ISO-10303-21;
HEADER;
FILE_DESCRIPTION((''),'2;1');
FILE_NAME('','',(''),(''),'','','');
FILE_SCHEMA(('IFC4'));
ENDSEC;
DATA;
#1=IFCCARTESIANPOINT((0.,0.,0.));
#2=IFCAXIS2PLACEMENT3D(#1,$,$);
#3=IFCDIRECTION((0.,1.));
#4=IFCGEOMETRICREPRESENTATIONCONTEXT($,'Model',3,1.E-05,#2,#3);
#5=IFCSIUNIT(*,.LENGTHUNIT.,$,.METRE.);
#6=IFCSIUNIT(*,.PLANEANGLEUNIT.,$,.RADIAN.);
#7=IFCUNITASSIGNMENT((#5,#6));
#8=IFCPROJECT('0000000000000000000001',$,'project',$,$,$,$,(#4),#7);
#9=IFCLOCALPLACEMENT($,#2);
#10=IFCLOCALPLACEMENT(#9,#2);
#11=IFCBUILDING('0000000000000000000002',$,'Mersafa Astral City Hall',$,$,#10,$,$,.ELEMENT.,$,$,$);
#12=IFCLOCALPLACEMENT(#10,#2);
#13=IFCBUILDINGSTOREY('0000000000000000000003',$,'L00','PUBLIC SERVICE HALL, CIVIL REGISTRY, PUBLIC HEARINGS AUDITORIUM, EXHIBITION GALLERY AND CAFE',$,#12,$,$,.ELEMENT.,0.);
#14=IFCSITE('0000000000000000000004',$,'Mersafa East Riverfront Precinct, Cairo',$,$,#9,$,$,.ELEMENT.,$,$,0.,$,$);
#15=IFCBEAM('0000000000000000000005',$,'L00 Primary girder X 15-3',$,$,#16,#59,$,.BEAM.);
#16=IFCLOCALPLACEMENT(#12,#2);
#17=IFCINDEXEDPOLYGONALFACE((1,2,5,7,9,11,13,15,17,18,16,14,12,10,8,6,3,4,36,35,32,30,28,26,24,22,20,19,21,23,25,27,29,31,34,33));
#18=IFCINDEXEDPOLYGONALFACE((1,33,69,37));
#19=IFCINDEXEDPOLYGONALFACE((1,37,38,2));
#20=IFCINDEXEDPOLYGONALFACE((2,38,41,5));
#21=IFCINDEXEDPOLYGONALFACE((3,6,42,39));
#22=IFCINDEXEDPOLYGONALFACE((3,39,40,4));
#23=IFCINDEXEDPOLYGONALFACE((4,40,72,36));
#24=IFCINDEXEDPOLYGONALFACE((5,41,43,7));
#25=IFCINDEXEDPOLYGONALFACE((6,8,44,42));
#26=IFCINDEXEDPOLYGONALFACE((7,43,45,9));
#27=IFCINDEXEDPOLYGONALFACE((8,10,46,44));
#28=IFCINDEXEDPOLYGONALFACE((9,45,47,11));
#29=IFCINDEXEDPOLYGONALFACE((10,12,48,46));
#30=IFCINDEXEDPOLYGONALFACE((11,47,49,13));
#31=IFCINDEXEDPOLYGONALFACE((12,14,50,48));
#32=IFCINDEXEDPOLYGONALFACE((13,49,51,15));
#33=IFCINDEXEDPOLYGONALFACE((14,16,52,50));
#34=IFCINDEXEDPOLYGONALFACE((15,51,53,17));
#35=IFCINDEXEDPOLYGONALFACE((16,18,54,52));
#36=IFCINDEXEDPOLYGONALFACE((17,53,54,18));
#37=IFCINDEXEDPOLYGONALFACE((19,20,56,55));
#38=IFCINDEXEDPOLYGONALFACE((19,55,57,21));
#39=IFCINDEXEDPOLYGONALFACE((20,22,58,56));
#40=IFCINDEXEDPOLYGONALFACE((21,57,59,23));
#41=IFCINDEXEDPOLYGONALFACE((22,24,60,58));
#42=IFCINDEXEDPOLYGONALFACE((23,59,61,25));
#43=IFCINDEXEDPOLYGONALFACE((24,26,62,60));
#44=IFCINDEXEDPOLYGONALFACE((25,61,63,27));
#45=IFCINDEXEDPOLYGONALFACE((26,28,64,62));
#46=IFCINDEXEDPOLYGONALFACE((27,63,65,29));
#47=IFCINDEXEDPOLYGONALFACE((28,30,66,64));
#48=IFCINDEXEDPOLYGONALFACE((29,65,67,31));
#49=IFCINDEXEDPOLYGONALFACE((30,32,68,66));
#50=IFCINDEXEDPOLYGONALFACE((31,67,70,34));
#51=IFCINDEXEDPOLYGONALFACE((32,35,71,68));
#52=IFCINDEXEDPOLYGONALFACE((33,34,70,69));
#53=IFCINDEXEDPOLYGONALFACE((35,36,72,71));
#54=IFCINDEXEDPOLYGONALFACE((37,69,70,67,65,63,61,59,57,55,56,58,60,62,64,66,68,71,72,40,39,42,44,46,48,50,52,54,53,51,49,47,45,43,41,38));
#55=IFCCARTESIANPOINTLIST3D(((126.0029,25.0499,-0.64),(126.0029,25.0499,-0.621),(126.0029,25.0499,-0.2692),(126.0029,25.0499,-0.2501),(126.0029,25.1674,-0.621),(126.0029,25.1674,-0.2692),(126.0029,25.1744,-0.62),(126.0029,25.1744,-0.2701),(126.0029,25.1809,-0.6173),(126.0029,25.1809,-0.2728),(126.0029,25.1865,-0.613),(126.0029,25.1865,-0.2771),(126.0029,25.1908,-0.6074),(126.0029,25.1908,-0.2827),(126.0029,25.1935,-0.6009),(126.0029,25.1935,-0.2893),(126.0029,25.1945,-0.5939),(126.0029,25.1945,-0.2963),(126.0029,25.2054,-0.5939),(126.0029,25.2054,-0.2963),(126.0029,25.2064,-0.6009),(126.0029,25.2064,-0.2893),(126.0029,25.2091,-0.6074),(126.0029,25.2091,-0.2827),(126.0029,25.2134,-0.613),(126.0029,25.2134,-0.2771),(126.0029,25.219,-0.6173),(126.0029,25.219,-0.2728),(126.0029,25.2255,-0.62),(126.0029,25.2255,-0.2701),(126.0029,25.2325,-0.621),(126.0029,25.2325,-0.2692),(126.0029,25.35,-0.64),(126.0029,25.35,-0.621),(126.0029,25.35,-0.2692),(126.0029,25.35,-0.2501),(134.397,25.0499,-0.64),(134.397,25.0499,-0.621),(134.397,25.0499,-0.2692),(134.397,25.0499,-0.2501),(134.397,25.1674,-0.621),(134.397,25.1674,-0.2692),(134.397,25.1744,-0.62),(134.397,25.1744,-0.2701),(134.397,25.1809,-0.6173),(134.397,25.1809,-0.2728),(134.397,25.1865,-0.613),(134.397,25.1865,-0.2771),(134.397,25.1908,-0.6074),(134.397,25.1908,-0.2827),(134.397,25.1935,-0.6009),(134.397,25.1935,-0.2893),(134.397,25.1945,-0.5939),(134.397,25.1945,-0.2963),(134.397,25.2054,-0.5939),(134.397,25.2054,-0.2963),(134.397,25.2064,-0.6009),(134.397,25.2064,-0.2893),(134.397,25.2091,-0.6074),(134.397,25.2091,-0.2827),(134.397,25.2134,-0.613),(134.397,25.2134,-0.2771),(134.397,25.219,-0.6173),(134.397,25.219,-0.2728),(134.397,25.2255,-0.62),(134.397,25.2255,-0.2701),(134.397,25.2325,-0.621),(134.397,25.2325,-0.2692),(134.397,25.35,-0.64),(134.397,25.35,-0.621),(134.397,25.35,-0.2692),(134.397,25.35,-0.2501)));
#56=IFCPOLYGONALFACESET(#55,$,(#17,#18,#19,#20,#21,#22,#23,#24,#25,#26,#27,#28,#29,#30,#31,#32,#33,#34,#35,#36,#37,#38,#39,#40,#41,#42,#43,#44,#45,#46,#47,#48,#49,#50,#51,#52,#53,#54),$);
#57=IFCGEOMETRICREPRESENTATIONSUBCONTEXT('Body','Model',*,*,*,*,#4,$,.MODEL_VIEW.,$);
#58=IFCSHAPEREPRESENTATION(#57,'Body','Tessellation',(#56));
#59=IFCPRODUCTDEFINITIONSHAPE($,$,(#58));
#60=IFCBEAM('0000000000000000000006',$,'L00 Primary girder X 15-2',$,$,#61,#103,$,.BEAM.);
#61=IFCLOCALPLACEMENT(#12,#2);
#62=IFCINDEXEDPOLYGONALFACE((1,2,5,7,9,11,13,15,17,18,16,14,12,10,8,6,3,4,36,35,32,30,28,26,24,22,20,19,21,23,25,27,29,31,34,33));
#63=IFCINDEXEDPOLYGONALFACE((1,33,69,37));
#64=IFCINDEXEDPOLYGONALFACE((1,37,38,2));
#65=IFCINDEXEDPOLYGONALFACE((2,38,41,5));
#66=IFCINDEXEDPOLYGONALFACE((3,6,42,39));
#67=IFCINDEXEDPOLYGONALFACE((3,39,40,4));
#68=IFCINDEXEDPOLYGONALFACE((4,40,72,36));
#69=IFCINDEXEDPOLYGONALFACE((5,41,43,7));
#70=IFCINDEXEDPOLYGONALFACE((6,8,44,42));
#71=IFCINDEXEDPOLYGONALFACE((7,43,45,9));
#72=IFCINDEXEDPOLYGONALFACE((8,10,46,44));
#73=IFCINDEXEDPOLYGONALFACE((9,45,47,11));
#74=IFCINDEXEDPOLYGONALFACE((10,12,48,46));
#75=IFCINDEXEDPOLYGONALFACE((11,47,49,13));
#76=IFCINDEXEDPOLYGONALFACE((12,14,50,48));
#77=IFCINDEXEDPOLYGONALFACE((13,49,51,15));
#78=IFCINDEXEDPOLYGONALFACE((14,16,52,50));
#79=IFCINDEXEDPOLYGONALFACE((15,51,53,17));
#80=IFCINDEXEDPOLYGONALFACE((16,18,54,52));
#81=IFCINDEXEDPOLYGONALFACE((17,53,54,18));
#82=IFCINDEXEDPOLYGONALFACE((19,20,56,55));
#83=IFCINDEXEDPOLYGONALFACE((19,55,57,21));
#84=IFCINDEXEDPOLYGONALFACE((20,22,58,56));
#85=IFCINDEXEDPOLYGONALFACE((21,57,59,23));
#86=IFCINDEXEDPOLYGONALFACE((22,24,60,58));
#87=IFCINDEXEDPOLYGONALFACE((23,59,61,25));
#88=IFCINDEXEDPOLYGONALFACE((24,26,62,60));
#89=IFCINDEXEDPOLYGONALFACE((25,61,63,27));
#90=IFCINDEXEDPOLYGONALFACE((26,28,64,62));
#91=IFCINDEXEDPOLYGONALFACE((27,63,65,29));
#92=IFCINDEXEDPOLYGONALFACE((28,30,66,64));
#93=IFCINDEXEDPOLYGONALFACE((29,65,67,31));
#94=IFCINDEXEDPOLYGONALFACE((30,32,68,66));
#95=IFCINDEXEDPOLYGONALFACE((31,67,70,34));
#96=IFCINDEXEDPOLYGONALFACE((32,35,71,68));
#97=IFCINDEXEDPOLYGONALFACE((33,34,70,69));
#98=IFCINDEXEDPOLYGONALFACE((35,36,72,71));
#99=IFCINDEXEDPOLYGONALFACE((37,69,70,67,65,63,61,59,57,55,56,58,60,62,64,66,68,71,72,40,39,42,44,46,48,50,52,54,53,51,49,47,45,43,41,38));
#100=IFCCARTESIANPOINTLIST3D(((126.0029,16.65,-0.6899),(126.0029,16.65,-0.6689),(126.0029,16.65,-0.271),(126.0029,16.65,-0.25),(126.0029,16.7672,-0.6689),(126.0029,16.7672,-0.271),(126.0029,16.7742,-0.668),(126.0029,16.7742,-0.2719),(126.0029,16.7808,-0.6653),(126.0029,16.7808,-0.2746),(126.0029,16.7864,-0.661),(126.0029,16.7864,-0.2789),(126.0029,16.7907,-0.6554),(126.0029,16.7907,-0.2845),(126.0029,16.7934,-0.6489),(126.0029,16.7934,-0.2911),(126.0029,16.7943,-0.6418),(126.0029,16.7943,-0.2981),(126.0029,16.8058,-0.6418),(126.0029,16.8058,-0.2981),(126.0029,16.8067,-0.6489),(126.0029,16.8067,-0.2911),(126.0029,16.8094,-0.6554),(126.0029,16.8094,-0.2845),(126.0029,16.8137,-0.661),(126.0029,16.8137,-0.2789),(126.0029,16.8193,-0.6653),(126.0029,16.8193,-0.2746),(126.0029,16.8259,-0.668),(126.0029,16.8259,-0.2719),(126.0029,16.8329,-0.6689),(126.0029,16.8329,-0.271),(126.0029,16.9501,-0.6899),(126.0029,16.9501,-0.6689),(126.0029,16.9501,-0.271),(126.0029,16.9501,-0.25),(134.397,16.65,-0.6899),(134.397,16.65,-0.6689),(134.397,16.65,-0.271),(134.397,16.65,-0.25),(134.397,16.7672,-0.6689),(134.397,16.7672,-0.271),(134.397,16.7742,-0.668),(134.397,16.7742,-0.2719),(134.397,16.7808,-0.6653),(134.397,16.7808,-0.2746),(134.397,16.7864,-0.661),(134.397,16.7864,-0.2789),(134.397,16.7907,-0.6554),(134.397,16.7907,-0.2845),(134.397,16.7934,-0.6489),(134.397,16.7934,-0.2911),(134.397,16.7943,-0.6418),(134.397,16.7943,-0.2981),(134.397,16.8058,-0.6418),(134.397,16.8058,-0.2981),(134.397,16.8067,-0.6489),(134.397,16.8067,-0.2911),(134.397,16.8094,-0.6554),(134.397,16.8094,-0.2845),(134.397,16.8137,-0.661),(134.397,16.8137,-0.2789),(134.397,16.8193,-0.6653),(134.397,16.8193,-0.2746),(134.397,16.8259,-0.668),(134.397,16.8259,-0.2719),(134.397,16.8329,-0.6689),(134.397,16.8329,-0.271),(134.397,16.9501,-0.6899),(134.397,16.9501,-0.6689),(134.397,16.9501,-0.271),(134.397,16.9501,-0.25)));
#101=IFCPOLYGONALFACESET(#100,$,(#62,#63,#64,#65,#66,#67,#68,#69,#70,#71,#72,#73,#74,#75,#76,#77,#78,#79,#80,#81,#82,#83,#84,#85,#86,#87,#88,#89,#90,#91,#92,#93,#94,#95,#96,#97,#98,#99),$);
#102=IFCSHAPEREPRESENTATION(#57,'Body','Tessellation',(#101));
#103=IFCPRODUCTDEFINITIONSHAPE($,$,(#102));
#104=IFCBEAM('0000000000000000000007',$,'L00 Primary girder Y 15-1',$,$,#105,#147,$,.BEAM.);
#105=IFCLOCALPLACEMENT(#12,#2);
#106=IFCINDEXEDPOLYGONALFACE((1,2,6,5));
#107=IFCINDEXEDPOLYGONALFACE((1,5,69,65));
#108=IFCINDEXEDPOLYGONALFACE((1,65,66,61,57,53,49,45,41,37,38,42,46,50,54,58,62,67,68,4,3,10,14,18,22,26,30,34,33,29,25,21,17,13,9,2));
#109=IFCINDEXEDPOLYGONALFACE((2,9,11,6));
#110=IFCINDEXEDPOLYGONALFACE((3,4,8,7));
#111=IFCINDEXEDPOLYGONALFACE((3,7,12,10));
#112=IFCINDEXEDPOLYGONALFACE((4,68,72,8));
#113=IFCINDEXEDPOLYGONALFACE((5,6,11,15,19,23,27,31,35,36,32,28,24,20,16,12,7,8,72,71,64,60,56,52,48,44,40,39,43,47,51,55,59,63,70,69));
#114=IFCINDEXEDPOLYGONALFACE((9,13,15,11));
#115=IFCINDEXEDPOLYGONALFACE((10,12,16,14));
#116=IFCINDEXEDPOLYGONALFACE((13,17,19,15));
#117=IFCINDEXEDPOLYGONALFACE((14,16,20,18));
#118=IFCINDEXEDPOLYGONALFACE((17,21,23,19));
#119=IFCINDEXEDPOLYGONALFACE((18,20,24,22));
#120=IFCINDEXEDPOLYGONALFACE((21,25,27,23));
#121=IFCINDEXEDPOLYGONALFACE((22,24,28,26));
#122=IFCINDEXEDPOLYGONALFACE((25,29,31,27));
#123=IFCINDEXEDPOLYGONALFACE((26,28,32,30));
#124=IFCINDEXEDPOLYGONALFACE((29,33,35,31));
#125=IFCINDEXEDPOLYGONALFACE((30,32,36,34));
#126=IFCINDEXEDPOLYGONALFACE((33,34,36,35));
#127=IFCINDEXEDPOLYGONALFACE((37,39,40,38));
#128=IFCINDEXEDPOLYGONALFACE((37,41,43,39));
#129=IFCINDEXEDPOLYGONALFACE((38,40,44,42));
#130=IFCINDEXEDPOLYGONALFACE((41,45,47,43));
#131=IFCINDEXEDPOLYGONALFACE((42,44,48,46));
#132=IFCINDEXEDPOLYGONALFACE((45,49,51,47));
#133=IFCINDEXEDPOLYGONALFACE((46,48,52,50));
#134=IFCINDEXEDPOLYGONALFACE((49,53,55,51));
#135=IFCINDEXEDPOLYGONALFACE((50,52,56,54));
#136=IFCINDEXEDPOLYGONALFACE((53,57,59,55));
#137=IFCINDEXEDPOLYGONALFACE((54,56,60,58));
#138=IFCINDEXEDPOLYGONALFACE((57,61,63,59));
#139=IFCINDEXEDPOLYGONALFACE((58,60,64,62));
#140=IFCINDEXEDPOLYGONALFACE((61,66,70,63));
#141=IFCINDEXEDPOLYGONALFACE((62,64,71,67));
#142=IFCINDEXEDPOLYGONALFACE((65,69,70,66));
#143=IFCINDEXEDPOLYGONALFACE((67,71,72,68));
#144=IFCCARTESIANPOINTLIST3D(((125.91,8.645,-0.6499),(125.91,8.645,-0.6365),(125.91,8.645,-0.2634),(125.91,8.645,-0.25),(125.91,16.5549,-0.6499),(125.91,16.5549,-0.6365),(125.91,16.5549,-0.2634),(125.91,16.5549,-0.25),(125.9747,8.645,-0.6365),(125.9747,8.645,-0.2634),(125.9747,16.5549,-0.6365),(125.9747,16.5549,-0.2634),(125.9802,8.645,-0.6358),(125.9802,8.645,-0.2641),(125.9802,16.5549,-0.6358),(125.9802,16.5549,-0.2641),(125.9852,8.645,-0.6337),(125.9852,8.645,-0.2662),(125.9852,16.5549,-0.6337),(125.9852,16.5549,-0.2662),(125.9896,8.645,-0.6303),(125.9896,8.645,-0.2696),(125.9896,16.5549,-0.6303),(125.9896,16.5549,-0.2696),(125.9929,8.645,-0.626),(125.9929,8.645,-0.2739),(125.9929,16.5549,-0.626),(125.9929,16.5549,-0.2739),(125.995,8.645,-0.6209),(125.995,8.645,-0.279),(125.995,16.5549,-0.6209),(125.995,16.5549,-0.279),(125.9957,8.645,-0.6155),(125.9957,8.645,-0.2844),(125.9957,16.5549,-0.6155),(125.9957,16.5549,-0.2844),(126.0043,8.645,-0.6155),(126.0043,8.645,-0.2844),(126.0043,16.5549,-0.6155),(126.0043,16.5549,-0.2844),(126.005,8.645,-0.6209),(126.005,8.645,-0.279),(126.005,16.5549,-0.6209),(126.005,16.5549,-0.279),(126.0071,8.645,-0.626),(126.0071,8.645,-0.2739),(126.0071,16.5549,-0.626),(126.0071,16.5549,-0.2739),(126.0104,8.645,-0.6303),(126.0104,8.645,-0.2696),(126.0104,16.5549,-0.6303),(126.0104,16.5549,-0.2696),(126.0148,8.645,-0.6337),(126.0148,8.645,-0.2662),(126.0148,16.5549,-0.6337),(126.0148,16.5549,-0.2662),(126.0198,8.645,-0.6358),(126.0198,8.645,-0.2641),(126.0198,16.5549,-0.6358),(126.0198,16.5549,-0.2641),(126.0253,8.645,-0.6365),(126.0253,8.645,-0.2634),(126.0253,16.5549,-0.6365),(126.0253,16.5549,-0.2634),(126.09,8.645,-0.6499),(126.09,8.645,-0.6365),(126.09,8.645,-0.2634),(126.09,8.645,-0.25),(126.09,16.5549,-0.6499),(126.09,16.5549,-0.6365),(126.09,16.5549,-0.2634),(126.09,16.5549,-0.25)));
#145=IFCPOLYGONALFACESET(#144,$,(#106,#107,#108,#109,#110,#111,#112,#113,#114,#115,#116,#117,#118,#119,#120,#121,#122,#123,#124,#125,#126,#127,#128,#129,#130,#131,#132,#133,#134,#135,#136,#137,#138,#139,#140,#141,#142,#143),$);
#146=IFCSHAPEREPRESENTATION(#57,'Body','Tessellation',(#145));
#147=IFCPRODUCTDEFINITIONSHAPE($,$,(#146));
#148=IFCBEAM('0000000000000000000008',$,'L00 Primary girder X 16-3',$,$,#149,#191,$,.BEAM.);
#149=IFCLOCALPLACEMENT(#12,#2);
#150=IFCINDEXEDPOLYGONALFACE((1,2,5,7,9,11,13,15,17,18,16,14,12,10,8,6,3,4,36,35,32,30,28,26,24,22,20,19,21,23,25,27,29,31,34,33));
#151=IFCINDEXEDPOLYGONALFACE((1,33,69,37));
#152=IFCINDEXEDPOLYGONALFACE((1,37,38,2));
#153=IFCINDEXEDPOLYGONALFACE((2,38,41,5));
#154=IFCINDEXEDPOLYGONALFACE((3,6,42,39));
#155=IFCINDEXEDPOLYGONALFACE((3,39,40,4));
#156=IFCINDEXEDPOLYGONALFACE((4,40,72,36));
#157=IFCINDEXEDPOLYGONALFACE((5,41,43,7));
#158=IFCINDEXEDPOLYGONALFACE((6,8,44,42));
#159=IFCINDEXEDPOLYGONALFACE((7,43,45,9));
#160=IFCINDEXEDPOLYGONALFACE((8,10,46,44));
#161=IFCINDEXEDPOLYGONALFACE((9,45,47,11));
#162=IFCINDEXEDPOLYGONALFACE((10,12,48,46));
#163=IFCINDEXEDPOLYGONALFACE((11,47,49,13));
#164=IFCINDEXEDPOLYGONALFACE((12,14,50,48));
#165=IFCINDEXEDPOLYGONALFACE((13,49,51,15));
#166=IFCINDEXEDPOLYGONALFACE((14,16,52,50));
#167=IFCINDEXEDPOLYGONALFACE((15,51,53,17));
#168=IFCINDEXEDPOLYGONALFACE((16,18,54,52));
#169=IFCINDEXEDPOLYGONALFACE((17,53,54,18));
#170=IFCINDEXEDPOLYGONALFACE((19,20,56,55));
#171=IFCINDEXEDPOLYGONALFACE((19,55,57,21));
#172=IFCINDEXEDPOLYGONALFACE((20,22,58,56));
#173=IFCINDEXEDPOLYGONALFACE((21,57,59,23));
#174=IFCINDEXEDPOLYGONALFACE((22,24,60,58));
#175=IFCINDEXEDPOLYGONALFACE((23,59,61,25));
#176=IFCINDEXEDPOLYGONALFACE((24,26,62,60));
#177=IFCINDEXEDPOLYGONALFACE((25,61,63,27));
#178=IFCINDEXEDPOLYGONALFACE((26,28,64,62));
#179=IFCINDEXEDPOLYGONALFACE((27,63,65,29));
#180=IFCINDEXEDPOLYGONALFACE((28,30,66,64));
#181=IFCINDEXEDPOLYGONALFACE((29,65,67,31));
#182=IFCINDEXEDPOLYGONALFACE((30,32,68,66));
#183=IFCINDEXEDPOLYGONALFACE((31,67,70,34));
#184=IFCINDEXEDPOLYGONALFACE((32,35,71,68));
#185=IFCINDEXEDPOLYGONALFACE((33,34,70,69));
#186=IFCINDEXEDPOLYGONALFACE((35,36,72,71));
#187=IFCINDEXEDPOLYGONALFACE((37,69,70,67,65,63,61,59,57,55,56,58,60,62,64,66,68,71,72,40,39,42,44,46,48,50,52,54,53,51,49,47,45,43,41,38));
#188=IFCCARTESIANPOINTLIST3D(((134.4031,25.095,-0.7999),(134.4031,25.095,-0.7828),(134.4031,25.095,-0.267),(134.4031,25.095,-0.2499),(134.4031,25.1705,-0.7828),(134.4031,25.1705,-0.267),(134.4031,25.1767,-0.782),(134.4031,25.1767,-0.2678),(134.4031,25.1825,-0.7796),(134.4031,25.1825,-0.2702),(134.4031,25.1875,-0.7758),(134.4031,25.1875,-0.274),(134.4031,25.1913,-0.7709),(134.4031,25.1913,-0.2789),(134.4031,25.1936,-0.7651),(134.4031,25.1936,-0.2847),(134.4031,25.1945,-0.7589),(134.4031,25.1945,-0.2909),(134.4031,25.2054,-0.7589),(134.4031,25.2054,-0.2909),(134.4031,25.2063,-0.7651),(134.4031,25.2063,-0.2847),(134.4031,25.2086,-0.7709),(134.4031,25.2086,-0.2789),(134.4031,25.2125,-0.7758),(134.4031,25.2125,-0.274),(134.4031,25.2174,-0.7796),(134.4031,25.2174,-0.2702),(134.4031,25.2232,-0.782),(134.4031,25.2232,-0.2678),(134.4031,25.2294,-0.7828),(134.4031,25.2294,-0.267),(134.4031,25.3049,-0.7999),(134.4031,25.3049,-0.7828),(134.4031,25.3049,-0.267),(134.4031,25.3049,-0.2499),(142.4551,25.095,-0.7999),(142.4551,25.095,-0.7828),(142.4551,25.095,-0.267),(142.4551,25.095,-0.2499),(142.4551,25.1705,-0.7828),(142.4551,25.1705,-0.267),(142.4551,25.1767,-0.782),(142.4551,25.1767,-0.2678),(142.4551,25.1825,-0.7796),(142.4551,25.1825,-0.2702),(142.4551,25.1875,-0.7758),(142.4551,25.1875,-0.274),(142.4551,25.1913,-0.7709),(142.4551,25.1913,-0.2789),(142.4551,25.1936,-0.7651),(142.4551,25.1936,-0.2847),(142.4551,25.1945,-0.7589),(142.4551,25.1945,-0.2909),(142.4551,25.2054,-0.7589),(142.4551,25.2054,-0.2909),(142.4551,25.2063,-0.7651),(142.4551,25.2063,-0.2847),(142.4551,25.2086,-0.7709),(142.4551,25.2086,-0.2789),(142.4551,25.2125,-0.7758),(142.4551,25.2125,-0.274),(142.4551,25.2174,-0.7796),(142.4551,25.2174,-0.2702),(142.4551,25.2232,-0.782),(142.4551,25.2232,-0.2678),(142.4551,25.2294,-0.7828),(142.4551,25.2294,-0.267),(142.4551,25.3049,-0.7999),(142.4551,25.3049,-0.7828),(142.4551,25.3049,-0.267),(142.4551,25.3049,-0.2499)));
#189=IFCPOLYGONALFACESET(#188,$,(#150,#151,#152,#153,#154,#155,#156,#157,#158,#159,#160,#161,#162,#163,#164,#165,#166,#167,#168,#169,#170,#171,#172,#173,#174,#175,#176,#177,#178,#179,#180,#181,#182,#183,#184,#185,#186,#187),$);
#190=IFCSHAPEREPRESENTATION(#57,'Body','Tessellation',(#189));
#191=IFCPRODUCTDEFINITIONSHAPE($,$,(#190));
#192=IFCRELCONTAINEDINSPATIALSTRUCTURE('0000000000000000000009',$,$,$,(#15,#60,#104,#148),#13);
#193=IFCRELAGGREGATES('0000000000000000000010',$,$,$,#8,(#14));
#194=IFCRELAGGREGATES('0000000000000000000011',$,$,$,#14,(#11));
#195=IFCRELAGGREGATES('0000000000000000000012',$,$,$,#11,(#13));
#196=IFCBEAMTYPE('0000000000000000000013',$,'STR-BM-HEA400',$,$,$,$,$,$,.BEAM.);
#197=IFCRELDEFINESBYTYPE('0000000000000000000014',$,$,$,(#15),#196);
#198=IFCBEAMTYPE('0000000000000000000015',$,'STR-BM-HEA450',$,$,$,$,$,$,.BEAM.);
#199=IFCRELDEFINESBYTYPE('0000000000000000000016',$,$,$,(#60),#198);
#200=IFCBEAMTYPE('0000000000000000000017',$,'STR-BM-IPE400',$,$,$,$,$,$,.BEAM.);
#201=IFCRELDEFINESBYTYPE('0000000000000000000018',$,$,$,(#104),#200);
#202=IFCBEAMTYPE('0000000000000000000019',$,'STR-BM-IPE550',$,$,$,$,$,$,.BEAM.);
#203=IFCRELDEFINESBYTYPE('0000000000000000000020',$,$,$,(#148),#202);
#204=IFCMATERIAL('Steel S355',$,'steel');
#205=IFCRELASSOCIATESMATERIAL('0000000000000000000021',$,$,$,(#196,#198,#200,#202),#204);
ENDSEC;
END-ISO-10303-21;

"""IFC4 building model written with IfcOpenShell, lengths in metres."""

from ifc_helpers import new_model, si_unit, direction, frame, origin, origin_2d, place, context, subcontext, project, spatial, i_section, extrude, material, material_profile, profile_set, type_object, element, save


model = new_model("IFC4")

# Units and contexts
model_context = context("Model", 3, precision=1e-05, world=origin(), true_north=direction((0.0, 1.0)))
body_context = subcontext(model_context, "Body", "Model", "MODEL_VIEW")
ifc_project = project(units=[si_unit("LENGTHUNIT", "METRE"), si_unit("PLANEANGLEUNIT", "RADIAN")], contexts=[model_context])

# Site, building, storey
site_placement = place(None, origin())
site = spatial("IfcSite", under=ifc_project, at=site_placement, Name="Mersafa East Riverfront Precinct, Cairo", CompositionType="ELEMENT", RefElevation=0.0)
building_placement = place(site_placement, origin())
building = spatial("IfcBuilding", under=site, at=building_placement, Name="Mersafa Astral City Hall", CompositionType="ELEMENT")
storey_placement = place(building_placement, origin())
storey = spatial("IfcBuildingStorey", under=building, at=storey_placement, Name="L00", Description="PUBLIC SERVICE HALL, CIVIL REGISTRY, PUBLIC HEARINGS AUDITORIUM, EXHIBITION GALLERY AND CAFE", CompositionType="ELEMENT", Elevation=0.0)

# Shared definitions
ifc_material_1 = material(Name="Steel S355", Category="steel")

# Beams
ifc_material_profile_1 = material_profile(ifc_material_1, i_section(OverallWidth=0.3, OverallDepth=0.3899, WebThickness=0.011, FlangeThickness=0.019, FilletRadius=0.0271, at=origin_2d()), Name="HEA 400")
ifc_profile_set_1 = profile_set([ifc_material_profile_1], Name="Steel S355")
beam_type_1 = type_object("IfcBeamType", Name="STR-BM-HEA400", PredefinedType="BEAM", material=ifc_profile_set_1)
beam_1_placement = place(storey_placement, frame((126.0029, 25.2, -0.4451), z_axis=(1.0, 0.0, 0.0), x_axis=(0.0, 1.0, 0.0)))
element("IfcBeam", 1, at=beam_1_placement, inside=storey, type_object=beam_type_1, Name="L00 Primary girder X 15-3", PredefinedType="BEAM", context=body_context, shape_type="SweptSolid", body=[
    extrude(i_section(OverallWidth=0.3, OverallDepth=0.3899, WebThickness=0.011, FlangeThickness=0.019, FilletRadius=0.0271, at=origin_2d()), origin(), (0.0, 0.0, 1.0), 8.394),
])
ifc_material_profile_2 = material_profile(ifc_material_1, i_section(OverallWidth=0.3, OverallDepth=0.4399, WebThickness=0.0115, FlangeThickness=0.021, FilletRadius=0.0271, at=origin_2d()), Name="HEA 450")
ifc_profile_set_2 = profile_set([ifc_material_profile_2], Name="Steel S355")
beam_type_2 = type_object("IfcBeamType", Name="STR-BM-HEA450", PredefinedType="BEAM", material=ifc_profile_set_2)
beam_2_placement = place(storey_placement, frame((126.0029, 16.8, -0.47), z_axis=(1.0, 0.0, 0.0), x_axis=(0.0, 1.0, 0.0)))
element("IfcBeam", 2, at=beam_2_placement, inside=storey, type_object=beam_type_2, Name="L00 Primary girder X 15-2", PredefinedType="BEAM", context=body_context, shape_type="SweptSolid", body=[
    extrude(i_section(OverallWidth=0.3, OverallDepth=0.4399, WebThickness=0.0115, FlangeThickness=0.021, FilletRadius=0.0271, at=origin_2d()), origin(), (0.0, 0.0, 1.0), 8.394),
])
ifc_material_profile_3 = material_profile(ifc_material_1, i_section(OverallWidth=0.1799, OverallDepth=0.3999, WebThickness=0.0085, FlangeThickness=0.0134, FilletRadius=0.021, at=origin_2d()), Name="IPE 400")
ifc_profile_set_3 = profile_set([ifc_material_profile_3], Name="Steel S355")
beam_type_3 = type_object("IfcBeamType", Name="STR-BM-IPE400", PredefinedType="BEAM", material=ifc_profile_set_3)
beam_3_placement = place(storey_placement, frame((126.0, 8.645, -0.45), z_axis=(0.0, 1.0, 0.0), x_axis=(-1.0, 0.0, 0.0)))
element("IfcBeam", 3, at=beam_3_placement, inside=storey, type_object=beam_type_3, Name="L00 Primary girder Y 15-1", PredefinedType="BEAM", context=body_context, shape_type="SweptSolid", body=[
    extrude(i_section(OverallWidth=0.1799, OverallDepth=0.3999, WebThickness=0.0085, FlangeThickness=0.0134, FilletRadius=0.021, at=origin_2d()), origin(), (0.0, 0.0, 1.0), 7.9099),
])
ifc_material_profile_4 = material_profile(ifc_material_1, i_section(OverallWidth=0.21, OverallDepth=0.55, WebThickness=0.011, FlangeThickness=0.0171, FilletRadius=0.0239, at=origin_2d()), Name="IPE 550")
ifc_profile_set_4 = profile_set([ifc_material_profile_4], Name="Steel S355")
beam_type_4 = type_object("IfcBeamType", Name="STR-BM-IPE550", PredefinedType="BEAM", material=ifc_profile_set_4)
beam_4_placement = place(storey_placement, frame((134.4031, 25.2, -0.5249), z_axis=(1.0, 0.0, 0.0), x_axis=(0.0, 1.0, 0.0)))
element("IfcBeam", 4, at=beam_4_placement, inside=storey, type_object=beam_type_4, Name="L00 Primary girder X 16-3", PredefinedType="BEAM", context=body_context, shape_type="SweptSolid", body=[
    extrude(i_section(OverallWidth=0.21, OverallDepth=0.55, WebThickness=0.011, FlangeThickness=0.0171, FilletRadius=0.0239, at=origin_2d()), origin(), (0.0, 0.0, 1.0), 8.052),
])

save(model, "model.ifc")
